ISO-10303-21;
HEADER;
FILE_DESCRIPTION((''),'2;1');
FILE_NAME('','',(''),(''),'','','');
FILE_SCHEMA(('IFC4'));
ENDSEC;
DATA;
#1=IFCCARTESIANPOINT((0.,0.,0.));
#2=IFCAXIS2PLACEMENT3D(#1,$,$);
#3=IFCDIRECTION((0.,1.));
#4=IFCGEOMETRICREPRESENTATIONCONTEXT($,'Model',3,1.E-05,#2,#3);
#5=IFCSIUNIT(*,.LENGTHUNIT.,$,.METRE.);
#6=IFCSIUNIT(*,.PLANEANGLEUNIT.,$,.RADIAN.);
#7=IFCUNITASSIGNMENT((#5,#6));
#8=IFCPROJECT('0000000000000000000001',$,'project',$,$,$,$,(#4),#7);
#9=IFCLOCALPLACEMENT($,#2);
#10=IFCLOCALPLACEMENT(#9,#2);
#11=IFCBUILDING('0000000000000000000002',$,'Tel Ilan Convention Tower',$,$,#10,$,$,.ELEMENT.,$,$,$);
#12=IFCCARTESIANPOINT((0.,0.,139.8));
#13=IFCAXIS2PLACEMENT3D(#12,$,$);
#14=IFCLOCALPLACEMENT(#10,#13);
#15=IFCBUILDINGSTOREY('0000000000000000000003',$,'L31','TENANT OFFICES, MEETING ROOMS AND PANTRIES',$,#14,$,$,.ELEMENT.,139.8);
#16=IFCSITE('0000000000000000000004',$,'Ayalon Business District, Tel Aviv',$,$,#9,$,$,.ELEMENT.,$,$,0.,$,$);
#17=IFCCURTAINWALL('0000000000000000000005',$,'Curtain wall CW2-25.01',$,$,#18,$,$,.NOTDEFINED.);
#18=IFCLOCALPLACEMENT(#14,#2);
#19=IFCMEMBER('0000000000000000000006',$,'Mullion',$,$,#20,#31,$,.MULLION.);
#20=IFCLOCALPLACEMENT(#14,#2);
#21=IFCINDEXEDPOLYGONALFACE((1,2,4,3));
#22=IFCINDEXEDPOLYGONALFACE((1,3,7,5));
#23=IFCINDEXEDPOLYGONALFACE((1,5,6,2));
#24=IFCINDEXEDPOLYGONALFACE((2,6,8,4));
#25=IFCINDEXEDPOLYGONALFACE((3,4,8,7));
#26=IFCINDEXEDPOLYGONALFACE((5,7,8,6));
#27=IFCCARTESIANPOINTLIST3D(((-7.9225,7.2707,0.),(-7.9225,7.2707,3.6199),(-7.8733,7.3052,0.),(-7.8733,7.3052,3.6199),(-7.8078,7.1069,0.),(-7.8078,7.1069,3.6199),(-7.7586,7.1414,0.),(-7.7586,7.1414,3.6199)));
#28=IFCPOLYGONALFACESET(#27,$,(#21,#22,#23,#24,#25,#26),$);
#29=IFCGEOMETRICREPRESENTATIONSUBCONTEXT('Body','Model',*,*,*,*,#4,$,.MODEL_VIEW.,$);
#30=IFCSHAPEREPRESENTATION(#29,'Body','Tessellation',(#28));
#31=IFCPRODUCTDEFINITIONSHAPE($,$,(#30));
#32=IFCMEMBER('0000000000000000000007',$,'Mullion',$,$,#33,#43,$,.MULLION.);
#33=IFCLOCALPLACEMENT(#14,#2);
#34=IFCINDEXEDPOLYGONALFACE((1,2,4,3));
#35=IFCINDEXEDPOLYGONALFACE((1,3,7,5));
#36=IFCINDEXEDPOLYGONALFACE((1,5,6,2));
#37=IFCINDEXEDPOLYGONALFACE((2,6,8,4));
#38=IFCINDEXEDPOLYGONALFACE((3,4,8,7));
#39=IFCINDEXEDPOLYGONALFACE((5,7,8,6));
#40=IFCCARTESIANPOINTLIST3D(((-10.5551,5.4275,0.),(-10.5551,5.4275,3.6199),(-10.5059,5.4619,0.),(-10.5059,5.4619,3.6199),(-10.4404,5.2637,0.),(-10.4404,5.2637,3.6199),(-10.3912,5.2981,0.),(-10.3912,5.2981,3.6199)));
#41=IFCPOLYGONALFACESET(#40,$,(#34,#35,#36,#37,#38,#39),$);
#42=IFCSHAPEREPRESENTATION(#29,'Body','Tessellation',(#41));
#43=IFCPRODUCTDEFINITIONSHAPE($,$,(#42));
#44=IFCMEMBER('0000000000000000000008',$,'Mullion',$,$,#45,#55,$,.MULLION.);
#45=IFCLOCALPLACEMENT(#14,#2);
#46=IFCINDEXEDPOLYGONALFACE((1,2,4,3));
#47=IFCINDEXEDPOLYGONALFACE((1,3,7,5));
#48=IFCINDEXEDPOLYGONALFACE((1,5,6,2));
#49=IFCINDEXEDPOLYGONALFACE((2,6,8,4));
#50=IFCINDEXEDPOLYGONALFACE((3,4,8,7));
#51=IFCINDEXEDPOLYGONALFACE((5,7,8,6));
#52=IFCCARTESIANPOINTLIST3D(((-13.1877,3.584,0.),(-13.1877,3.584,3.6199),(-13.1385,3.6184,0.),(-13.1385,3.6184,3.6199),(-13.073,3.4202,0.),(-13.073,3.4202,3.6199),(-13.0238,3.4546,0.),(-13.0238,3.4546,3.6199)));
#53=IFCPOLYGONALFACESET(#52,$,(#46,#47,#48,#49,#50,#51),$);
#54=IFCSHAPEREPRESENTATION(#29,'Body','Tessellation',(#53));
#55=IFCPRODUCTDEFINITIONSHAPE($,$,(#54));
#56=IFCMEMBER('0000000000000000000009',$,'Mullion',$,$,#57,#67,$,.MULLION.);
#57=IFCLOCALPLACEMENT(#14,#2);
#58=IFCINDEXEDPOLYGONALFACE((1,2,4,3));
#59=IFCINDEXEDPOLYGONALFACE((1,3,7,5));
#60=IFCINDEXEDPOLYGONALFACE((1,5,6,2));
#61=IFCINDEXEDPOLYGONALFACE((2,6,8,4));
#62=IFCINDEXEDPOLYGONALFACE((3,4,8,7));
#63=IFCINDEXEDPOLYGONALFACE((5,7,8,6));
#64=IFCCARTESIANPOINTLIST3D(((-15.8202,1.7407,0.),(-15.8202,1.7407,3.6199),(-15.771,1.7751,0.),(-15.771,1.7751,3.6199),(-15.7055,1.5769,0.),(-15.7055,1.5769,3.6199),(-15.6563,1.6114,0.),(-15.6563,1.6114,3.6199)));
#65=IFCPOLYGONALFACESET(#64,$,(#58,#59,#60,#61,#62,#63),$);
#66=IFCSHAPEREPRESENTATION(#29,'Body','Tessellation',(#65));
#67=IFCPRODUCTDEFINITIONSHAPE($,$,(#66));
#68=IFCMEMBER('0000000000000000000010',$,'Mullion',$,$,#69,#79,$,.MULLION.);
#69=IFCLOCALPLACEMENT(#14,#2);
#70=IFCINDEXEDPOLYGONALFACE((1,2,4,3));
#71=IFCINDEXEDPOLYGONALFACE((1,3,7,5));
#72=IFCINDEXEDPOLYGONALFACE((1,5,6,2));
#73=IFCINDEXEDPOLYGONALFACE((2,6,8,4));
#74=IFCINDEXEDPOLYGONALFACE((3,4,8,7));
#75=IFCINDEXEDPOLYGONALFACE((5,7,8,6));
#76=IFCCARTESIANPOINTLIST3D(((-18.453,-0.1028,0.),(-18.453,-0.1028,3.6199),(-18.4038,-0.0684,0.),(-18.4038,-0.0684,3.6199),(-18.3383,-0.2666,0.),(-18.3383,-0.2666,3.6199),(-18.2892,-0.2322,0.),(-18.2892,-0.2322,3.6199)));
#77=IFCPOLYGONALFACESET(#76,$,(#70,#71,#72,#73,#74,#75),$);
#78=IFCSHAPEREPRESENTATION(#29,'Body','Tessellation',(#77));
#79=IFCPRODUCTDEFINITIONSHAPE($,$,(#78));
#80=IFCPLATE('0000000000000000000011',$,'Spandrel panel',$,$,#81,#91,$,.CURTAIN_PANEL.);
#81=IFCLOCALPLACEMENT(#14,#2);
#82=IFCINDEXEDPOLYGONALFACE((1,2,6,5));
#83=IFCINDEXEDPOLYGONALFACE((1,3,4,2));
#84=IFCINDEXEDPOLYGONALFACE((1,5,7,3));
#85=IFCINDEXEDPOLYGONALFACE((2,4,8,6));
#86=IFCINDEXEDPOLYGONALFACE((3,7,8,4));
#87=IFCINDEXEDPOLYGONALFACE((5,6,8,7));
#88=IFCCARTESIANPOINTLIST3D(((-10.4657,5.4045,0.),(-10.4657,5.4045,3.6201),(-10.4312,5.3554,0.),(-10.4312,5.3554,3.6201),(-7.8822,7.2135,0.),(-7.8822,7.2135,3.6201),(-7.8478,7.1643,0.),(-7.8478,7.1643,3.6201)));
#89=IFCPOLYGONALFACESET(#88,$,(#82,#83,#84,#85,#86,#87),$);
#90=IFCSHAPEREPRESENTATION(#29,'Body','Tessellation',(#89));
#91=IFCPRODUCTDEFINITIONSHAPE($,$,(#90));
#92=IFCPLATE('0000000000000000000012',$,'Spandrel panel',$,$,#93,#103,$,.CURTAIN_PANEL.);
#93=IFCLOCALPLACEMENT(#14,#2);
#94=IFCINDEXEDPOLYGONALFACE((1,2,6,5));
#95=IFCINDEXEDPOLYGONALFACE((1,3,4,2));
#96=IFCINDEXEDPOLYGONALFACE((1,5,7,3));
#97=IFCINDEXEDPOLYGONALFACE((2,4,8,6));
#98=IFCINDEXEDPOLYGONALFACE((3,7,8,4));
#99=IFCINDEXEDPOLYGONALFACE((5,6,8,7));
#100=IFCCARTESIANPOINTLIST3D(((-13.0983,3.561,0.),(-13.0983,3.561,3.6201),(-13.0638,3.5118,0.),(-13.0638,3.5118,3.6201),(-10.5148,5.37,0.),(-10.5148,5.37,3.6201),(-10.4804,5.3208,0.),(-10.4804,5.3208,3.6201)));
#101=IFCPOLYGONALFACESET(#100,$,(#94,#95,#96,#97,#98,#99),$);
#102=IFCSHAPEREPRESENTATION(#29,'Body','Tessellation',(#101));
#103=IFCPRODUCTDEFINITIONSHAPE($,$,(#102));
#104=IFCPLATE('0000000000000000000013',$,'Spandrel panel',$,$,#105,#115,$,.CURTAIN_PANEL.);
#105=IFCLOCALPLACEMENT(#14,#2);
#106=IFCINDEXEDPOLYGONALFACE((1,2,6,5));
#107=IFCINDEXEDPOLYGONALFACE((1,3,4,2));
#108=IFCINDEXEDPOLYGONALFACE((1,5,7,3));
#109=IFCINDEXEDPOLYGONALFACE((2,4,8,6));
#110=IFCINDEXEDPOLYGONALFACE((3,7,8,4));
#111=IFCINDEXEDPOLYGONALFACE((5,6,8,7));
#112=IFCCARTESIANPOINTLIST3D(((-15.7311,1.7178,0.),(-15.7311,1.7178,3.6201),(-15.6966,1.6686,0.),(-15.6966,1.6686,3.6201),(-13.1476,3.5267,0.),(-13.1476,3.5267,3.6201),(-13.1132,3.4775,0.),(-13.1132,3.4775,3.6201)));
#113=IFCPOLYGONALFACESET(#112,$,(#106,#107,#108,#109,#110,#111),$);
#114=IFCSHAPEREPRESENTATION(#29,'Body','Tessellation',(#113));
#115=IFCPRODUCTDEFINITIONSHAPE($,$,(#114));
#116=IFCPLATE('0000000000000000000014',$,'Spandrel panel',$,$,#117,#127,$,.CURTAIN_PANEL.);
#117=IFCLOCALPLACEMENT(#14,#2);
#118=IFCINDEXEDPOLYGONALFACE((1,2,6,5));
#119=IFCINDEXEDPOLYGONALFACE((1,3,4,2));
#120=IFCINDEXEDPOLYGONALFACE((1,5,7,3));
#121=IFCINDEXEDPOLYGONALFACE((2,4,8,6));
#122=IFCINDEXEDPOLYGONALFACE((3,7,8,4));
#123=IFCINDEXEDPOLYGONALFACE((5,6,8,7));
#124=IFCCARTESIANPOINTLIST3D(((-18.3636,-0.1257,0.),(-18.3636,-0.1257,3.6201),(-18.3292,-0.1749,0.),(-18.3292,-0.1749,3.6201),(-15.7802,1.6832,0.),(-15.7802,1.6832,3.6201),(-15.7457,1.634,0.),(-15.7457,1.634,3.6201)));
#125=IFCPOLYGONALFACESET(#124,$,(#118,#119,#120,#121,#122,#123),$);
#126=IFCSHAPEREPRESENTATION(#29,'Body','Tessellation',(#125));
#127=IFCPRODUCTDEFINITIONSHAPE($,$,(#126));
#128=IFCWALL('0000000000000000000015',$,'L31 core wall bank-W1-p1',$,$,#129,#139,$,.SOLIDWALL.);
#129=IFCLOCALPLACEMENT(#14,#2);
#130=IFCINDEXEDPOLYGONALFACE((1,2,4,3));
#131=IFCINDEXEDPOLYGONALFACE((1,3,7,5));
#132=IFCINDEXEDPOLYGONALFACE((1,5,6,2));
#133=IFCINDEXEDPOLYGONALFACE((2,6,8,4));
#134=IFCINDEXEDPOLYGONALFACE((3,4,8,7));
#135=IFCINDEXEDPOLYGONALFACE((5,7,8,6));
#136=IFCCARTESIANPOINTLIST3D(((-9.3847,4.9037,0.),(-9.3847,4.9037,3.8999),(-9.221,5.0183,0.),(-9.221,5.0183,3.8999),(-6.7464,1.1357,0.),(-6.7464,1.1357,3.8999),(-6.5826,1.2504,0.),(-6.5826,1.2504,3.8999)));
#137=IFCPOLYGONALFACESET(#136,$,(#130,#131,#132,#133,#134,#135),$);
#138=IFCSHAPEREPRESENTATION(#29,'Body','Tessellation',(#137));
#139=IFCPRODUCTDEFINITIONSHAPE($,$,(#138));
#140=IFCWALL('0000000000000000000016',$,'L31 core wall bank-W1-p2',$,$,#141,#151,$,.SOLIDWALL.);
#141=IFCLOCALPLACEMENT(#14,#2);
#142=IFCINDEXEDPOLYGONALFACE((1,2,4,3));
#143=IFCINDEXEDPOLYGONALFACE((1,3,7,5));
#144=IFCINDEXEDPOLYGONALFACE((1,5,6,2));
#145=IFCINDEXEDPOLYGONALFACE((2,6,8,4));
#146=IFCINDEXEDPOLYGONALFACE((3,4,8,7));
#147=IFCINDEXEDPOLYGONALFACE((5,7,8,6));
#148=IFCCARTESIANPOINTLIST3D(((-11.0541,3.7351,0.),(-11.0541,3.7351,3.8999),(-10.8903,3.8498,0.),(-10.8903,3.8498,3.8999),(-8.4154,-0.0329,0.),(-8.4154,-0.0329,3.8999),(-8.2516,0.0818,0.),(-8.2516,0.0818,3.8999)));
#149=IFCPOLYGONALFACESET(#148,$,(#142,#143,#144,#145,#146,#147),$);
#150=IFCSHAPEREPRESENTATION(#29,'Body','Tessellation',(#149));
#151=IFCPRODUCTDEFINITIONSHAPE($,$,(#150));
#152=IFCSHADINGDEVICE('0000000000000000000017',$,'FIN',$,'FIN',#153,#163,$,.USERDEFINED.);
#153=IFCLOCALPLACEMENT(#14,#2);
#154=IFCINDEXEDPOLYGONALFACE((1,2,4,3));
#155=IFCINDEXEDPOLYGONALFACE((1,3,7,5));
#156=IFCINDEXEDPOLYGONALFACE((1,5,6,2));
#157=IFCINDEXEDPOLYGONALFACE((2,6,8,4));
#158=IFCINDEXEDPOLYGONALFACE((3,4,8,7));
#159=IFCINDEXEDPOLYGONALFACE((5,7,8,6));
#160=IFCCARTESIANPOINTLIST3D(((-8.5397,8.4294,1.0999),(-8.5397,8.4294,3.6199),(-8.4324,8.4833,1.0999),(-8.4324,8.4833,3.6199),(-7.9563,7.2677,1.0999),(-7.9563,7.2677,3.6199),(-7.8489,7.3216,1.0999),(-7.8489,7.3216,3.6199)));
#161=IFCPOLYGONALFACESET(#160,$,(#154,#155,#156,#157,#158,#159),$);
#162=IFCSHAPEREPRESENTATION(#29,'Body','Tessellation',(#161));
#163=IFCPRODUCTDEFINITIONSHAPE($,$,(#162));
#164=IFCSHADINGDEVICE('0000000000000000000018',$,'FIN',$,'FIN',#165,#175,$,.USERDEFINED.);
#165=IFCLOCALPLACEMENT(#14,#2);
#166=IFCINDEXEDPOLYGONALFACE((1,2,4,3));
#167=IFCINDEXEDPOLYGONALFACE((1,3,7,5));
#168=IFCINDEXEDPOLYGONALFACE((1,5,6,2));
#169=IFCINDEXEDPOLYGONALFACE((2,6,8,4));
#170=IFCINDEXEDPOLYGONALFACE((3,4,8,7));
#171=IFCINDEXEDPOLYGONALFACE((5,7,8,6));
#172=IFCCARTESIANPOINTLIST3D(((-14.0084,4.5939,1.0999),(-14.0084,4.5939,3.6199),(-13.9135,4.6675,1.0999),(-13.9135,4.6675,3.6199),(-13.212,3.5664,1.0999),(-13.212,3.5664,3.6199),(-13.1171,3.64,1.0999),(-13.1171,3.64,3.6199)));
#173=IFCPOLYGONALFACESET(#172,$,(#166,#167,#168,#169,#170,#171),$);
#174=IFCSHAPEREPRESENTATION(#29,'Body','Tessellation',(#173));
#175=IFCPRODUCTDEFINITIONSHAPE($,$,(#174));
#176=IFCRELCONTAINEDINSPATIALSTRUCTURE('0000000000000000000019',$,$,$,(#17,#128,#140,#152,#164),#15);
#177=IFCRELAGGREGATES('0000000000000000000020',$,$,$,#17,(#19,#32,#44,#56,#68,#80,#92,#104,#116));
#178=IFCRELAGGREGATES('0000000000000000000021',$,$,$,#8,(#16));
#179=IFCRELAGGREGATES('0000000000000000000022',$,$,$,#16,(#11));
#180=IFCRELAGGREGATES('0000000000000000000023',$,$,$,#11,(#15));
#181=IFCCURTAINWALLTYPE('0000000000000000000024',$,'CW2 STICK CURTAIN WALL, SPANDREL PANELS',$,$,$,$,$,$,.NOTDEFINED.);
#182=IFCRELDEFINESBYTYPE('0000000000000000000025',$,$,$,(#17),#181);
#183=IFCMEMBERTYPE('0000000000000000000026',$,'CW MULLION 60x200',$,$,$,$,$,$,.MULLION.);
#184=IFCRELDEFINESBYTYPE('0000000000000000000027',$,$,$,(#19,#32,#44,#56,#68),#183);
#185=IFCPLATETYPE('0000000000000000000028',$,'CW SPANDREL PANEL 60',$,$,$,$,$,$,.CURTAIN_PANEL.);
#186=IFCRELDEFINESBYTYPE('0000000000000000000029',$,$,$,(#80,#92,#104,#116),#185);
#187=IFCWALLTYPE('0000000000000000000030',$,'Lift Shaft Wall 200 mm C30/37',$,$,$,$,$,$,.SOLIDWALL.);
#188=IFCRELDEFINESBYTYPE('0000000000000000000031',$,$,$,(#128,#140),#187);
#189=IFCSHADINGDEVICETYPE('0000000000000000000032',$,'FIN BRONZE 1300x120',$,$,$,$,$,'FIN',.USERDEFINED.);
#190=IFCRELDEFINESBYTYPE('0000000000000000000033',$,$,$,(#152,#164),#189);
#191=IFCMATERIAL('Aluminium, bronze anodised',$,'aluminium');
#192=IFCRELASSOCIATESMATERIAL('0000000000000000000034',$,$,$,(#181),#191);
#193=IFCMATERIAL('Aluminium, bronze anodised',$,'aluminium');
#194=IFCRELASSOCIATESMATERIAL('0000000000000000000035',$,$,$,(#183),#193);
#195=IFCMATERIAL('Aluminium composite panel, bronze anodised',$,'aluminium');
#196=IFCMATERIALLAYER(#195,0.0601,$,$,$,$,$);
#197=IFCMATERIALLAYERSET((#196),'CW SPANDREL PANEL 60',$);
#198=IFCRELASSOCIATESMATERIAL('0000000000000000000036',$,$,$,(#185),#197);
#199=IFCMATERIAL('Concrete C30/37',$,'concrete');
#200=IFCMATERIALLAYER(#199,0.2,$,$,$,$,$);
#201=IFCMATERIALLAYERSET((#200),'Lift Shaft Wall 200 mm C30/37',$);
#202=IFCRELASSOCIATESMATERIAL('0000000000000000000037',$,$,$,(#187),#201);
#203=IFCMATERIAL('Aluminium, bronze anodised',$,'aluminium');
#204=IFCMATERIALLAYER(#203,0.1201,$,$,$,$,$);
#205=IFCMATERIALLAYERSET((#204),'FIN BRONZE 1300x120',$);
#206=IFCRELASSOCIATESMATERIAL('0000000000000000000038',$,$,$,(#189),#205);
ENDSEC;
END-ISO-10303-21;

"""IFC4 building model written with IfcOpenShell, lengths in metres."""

from ifc_helpers import new_model, si_unit, direction, frame, frame_2d, origin, origin_2d, place, context, subcontext, project, spatial, rectangle, extrude, material, layer, layer_set, material_profile, profile_set, type_object, element, aggregate, save


model = new_model("IFC4")

# Units and contexts
model_context = context("Model", 3, precision=1e-05, world=origin(), true_north=direction((0.0, 1.0)))
body_context = subcontext(model_context, "Body", "Model", "MODEL_VIEW")
ifc_project = project(units=[si_unit("LENGTHUNIT", "METRE"), si_unit("PLANEANGLEUNIT", "RADIAN")], contexts=[model_context])

# Site, building, storey
site_placement = place(None, origin())
site = spatial("IfcSite", under=ifc_project, at=site_placement, Name="Ayalon Business District, Tel Aviv", CompositionType="ELEMENT", RefElevation=0.0)
building_placement = place(site_placement, origin())
building = spatial("IfcBuilding", under=site, at=building_placement, Name="Tel Ilan Convention Tower", CompositionType="ELEMENT")
storey_placement = place(building_placement, frame((0.0, 0.0, 139.8)))
storey = spatial("IfcBuildingStorey", under=building, at=storey_placement, Name="L31", Description="TENANT OFFICES, MEETING ROOMS AND PANTRIES", CompositionType="ELEMENT", Elevation=139.8)

# Curtain wall, members, plates
ifc_material_1 = material(Name="Aluminium, bronze anodised", Category="aluminium")
curtain_wall_type = type_object("IfcCurtainWallType", Name="CW2 STICK CURTAIN WALL, SPANDREL PANELS", PredefinedType="NOTDEFINED", material=ifc_material_1)
curtain_wall_placement = place(storey_placement, origin())
curtain_wall = element("IfcCurtainWall", 1, at=curtain_wall_placement, inside=storey, type_object=curtain_wall_type, Name="Curtain wall CW2-25.01", PredefinedType="NOTDEFINED")
ifc_material_2 = material(Name="Aluminium, bronze anodised", Category="aluminium")
ifc_material_profile = material_profile(ifc_material_2, rectangle(XDim=0.0601, YDim=0.2, at=origin_2d()), Name="CW MULLION 60x200")
ifc_profile_set = profile_set([ifc_material_profile], Name="Aluminium, bronze anodised")
member_type = type_object("IfcMemberType", Name="CW MULLION 60x200", PredefinedType="MULLION", material=ifc_profile_set)
member_1_placement = place(storey_placement, frame((-7.8406, 7.2061, 0.0), z_axis=(0.0, 0.0, 1.0), x_axis=(-0.819152, -0.573576, 0.0)))
member_1 = element("IfcMember", 2, at=member_1_placement, type_object=member_type, Name="Mullion", PredefinedType="MULLION", context=body_context, shape_type="SweptSolid", body=[
    extrude(rectangle(XDim=0.0601, YDim=0.2, at=origin_2d()), origin(), (0.0, 0.0, 1.0), 3.6199),
])
member_2_placement = place(storey_placement, frame((-10.4731, 5.3628, 0.0), z_axis=(0.0, 0.0, 1.0), x_axis=(-0.819152, -0.573576, 0.0)))
member_2 = element("IfcMember", 3, at=member_2_placement, type_object=member_type, Name="Mullion", PredefinedType="MULLION", context=body_context, shape_type="SweptSolid", body=[
    extrude(rectangle(XDim=0.0601, YDim=0.2, at=origin_2d()), origin(), (0.0, 0.0, 1.0), 3.6199),
])
member_3_placement = place(storey_placement, frame((-13.1057, 3.5193, 0.0), z_axis=(0.0, 0.0, 1.0), x_axis=(-0.819152, -0.573576, 0.0)))
member_3 = element("IfcMember", 4, at=member_3_placement, type_object=member_type, Name="Mullion", PredefinedType="MULLION", context=body_context, shape_type="SweptSolid", body=[
    extrude(rectangle(XDim=0.0601, YDim=0.2, at=origin_2d()), origin(), (0.0, 0.0, 1.0), 3.6199),
])
member_4_placement = place(storey_placement, frame((-15.7383, 1.676, 0.0), z_axis=(0.0, 0.0, 1.0), x_axis=(-0.819152, -0.573576, 0.0)))
member_4 = element("IfcMember", 5, at=member_4_placement, type_object=member_type, Name="Mullion", PredefinedType="MULLION", context=body_context, shape_type="SweptSolid", body=[
    extrude(rectangle(XDim=0.0601, YDim=0.2, at=origin_2d()), origin(), (0.0, 0.0, 1.0), 3.6199),
])
member_5_placement = place(storey_placement, frame((-18.3711, -0.1675, 0.0), z_axis=(0.0, 0.0, 1.0), x_axis=(-0.819152, -0.573576, 0.0)))
member_5 = element("IfcMember", 6, at=member_5_placement, type_object=member_type, Name="Mullion", PredefinedType="MULLION", context=body_context, shape_type="SweptSolid", body=[
    extrude(rectangle(XDim=0.0601, YDim=0.2, at=origin_2d()), origin(), (0.0, 0.0, 1.0), 3.6199),
])
ifc_material_3 = material(Name="Aluminium composite panel, bronze anodised", Category="aluminium")
ifc_layer_1 = layer(ifc_material_3, 0.0601)
ifc_layer_set_1 = layer_set([ifc_layer_1], Name="CW SPANDREL PANEL 60")
plate_type = type_object("IfcPlateType", Name="CW SPANDREL PANEL 60", PredefinedType="CURTAIN_PANEL", material=ifc_layer_set_1)
plate_1_placement = place(storey_placement, frame((-9.1567, 6.2844, 0.0), z_axis=(0.0, 0.0, 1.0), x_axis=(-0.819152, -0.573576, 0.0)))
plate_1 = element("IfcPlate", 7, at=plate_1_placement, type_object=plate_type, Name="Spandrel panel", PredefinedType="CURTAIN_PANEL", context=body_context, shape_type="SweptSolid", body=[
    extrude(rectangle(XDim=3.1538, YDim=0.0601, at=origin_2d()), origin(), (0.0, 0.0, 1.0), 3.6201),
])
plate_2_placement = place(storey_placement, frame((-11.7893, 4.4409, 0.0), z_axis=(0.0, 0.0, 1.0), x_axis=(-0.819152, -0.573576, 0.0)))
plate_2 = element("IfcPlate", 8, at=plate_2_placement, type_object=plate_type, Name="Spandrel panel", PredefinedType="CURTAIN_PANEL", context=body_context, shape_type="SweptSolid", body=[
    extrude(rectangle(XDim=3.1538, YDim=0.0601, at=origin_2d()), origin(), (0.0, 0.0, 1.0), 3.6201),
])
plate_3_placement = place(storey_placement, frame((-14.4221, 2.5977, 0.0), z_axis=(0.0, 0.0, 1.0), x_axis=(-0.819152, -0.573576, 0.0)))
plate_3 = element("IfcPlate", 9, at=plate_3_placement, type_object=plate_type, Name="Spandrel panel", PredefinedType="CURTAIN_PANEL", context=body_context, shape_type="SweptSolid", body=[
    extrude(rectangle(XDim=3.1538, YDim=0.0601, at=origin_2d()), origin(), (0.0, 0.0, 1.0), 3.6201),
])
plate_4_placement = place(storey_placement, frame((-17.0547, 0.7542, 0.0), z_axis=(0.0, 0.0, 1.0), x_axis=(-0.819152, -0.573576, 0.0)))
plate_4 = element("IfcPlate", 10, at=plate_4_placement, type_object=plate_type, Name="Spandrel panel", PredefinedType="CURTAIN_PANEL", context=body_context, shape_type="SweptSolid", body=[
    extrude(rectangle(XDim=3.1538, YDim=0.0601, at=origin_2d()), origin(), (0.0, 0.0, 1.0), 3.6201),
])
aggregate(curtain_wall, [member_1, member_2, member_3, member_4, member_5, plate_1, plate_2, plate_3, plate_4])

# Walls
ifc_material_4 = material(Name="Concrete C30/37", Category="concrete")
ifc_layer_2 = layer(ifc_material_4, 0.2)
ifc_layer_set_2 = layer_set([ifc_layer_2], Name="Lift Shaft Wall 200 mm C30/37")
wall_type = type_object("IfcWallType", Name="Lift Shaft Wall 200 mm C30/37", PredefinedType="SOLIDWALL", material=ifc_layer_set_2)
wall_1_placement = place(storey_placement, frame((-6.6646, 1.1931, 0.0), z_axis=(0.0, 0.0, 1.0), x_axis=(-0.573576, 0.819152, 0.0)))
element("IfcWall", 11, at=wall_1_placement, inside=storey, type_object=wall_type, Name="L31 core wall bank-W1-p1", PredefinedType="SOLIDWALL", context=body_context, shape_type="SweptSolid", body=[
    extrude(rectangle(XDim=4.5999, YDim=0.2, at=frame_2d((2.2998, 0.0))), origin(), (0.0, 0.0, 1.0), 3.8999),
])
wall_2_placement = place(storey_placement, frame((-8.3335, 0.0244, 0.0), z_axis=(0.0, 0.0, 1.0), x_axis=(-0.573612, 0.819127, 0.0)))
element("IfcWall", 12, at=wall_2_placement, inside=storey, type_object=wall_type, Name="L31 core wall bank-W1-p2", PredefinedType="SOLIDWALL", context=body_context, shape_type="SweptSolid", body=[
    extrude(rectangle(XDim=4.6001, YDim=0.2, at=frame_2d((2.3, 0.0))), origin(), (0.0, 0.0, 1.0), 3.8999),
])

# Shading devices
ifc_material_5 = material(Name="Aluminium, bronze anodised", Category="aluminium")
ifc_layer_3 = layer(ifc_material_5, 0.1201)
ifc_layer_set_3 = layer_set([ifc_layer_3], Name="FIN BRONZE 1300x120")
shading_device_type = type_object("IfcShadingDeviceType", Name="FIN BRONZE 1300x120", ElementType="FIN", PredefinedType="USERDEFINED", material=ifc_layer_set_3)
for number, where, z_axis, x_axis, name in (
    (13, (-8.1943, 7.8755, 1.0999), (0.0, 0.0, 1.0), (-0.448799, 0.893633, 0.0), "FIN"),
    (14, (-13.5627, 4.1169, 1.0999), (0.0, 0.0, 1.0), (-0.612601, 0.790393, 0.0), "FIN"),
):
    element("IfcShadingDevice", number, at=place(storey_placement, frame(where, z_axis=z_axis, x_axis=x_axis)), inside=storey, type_object=shading_device_type, Name=name, ObjectType="FIN", PredefinedType="USERDEFINED", context=body_context, shape_type="SweptSolid", body=[
        extrude(rectangle(XDim=1.3, YDim=0.1201, at=origin_2d()), origin(), (0.0, 0.0, 1.0), 2.52),
    ])

save(model, "model.ifc")
